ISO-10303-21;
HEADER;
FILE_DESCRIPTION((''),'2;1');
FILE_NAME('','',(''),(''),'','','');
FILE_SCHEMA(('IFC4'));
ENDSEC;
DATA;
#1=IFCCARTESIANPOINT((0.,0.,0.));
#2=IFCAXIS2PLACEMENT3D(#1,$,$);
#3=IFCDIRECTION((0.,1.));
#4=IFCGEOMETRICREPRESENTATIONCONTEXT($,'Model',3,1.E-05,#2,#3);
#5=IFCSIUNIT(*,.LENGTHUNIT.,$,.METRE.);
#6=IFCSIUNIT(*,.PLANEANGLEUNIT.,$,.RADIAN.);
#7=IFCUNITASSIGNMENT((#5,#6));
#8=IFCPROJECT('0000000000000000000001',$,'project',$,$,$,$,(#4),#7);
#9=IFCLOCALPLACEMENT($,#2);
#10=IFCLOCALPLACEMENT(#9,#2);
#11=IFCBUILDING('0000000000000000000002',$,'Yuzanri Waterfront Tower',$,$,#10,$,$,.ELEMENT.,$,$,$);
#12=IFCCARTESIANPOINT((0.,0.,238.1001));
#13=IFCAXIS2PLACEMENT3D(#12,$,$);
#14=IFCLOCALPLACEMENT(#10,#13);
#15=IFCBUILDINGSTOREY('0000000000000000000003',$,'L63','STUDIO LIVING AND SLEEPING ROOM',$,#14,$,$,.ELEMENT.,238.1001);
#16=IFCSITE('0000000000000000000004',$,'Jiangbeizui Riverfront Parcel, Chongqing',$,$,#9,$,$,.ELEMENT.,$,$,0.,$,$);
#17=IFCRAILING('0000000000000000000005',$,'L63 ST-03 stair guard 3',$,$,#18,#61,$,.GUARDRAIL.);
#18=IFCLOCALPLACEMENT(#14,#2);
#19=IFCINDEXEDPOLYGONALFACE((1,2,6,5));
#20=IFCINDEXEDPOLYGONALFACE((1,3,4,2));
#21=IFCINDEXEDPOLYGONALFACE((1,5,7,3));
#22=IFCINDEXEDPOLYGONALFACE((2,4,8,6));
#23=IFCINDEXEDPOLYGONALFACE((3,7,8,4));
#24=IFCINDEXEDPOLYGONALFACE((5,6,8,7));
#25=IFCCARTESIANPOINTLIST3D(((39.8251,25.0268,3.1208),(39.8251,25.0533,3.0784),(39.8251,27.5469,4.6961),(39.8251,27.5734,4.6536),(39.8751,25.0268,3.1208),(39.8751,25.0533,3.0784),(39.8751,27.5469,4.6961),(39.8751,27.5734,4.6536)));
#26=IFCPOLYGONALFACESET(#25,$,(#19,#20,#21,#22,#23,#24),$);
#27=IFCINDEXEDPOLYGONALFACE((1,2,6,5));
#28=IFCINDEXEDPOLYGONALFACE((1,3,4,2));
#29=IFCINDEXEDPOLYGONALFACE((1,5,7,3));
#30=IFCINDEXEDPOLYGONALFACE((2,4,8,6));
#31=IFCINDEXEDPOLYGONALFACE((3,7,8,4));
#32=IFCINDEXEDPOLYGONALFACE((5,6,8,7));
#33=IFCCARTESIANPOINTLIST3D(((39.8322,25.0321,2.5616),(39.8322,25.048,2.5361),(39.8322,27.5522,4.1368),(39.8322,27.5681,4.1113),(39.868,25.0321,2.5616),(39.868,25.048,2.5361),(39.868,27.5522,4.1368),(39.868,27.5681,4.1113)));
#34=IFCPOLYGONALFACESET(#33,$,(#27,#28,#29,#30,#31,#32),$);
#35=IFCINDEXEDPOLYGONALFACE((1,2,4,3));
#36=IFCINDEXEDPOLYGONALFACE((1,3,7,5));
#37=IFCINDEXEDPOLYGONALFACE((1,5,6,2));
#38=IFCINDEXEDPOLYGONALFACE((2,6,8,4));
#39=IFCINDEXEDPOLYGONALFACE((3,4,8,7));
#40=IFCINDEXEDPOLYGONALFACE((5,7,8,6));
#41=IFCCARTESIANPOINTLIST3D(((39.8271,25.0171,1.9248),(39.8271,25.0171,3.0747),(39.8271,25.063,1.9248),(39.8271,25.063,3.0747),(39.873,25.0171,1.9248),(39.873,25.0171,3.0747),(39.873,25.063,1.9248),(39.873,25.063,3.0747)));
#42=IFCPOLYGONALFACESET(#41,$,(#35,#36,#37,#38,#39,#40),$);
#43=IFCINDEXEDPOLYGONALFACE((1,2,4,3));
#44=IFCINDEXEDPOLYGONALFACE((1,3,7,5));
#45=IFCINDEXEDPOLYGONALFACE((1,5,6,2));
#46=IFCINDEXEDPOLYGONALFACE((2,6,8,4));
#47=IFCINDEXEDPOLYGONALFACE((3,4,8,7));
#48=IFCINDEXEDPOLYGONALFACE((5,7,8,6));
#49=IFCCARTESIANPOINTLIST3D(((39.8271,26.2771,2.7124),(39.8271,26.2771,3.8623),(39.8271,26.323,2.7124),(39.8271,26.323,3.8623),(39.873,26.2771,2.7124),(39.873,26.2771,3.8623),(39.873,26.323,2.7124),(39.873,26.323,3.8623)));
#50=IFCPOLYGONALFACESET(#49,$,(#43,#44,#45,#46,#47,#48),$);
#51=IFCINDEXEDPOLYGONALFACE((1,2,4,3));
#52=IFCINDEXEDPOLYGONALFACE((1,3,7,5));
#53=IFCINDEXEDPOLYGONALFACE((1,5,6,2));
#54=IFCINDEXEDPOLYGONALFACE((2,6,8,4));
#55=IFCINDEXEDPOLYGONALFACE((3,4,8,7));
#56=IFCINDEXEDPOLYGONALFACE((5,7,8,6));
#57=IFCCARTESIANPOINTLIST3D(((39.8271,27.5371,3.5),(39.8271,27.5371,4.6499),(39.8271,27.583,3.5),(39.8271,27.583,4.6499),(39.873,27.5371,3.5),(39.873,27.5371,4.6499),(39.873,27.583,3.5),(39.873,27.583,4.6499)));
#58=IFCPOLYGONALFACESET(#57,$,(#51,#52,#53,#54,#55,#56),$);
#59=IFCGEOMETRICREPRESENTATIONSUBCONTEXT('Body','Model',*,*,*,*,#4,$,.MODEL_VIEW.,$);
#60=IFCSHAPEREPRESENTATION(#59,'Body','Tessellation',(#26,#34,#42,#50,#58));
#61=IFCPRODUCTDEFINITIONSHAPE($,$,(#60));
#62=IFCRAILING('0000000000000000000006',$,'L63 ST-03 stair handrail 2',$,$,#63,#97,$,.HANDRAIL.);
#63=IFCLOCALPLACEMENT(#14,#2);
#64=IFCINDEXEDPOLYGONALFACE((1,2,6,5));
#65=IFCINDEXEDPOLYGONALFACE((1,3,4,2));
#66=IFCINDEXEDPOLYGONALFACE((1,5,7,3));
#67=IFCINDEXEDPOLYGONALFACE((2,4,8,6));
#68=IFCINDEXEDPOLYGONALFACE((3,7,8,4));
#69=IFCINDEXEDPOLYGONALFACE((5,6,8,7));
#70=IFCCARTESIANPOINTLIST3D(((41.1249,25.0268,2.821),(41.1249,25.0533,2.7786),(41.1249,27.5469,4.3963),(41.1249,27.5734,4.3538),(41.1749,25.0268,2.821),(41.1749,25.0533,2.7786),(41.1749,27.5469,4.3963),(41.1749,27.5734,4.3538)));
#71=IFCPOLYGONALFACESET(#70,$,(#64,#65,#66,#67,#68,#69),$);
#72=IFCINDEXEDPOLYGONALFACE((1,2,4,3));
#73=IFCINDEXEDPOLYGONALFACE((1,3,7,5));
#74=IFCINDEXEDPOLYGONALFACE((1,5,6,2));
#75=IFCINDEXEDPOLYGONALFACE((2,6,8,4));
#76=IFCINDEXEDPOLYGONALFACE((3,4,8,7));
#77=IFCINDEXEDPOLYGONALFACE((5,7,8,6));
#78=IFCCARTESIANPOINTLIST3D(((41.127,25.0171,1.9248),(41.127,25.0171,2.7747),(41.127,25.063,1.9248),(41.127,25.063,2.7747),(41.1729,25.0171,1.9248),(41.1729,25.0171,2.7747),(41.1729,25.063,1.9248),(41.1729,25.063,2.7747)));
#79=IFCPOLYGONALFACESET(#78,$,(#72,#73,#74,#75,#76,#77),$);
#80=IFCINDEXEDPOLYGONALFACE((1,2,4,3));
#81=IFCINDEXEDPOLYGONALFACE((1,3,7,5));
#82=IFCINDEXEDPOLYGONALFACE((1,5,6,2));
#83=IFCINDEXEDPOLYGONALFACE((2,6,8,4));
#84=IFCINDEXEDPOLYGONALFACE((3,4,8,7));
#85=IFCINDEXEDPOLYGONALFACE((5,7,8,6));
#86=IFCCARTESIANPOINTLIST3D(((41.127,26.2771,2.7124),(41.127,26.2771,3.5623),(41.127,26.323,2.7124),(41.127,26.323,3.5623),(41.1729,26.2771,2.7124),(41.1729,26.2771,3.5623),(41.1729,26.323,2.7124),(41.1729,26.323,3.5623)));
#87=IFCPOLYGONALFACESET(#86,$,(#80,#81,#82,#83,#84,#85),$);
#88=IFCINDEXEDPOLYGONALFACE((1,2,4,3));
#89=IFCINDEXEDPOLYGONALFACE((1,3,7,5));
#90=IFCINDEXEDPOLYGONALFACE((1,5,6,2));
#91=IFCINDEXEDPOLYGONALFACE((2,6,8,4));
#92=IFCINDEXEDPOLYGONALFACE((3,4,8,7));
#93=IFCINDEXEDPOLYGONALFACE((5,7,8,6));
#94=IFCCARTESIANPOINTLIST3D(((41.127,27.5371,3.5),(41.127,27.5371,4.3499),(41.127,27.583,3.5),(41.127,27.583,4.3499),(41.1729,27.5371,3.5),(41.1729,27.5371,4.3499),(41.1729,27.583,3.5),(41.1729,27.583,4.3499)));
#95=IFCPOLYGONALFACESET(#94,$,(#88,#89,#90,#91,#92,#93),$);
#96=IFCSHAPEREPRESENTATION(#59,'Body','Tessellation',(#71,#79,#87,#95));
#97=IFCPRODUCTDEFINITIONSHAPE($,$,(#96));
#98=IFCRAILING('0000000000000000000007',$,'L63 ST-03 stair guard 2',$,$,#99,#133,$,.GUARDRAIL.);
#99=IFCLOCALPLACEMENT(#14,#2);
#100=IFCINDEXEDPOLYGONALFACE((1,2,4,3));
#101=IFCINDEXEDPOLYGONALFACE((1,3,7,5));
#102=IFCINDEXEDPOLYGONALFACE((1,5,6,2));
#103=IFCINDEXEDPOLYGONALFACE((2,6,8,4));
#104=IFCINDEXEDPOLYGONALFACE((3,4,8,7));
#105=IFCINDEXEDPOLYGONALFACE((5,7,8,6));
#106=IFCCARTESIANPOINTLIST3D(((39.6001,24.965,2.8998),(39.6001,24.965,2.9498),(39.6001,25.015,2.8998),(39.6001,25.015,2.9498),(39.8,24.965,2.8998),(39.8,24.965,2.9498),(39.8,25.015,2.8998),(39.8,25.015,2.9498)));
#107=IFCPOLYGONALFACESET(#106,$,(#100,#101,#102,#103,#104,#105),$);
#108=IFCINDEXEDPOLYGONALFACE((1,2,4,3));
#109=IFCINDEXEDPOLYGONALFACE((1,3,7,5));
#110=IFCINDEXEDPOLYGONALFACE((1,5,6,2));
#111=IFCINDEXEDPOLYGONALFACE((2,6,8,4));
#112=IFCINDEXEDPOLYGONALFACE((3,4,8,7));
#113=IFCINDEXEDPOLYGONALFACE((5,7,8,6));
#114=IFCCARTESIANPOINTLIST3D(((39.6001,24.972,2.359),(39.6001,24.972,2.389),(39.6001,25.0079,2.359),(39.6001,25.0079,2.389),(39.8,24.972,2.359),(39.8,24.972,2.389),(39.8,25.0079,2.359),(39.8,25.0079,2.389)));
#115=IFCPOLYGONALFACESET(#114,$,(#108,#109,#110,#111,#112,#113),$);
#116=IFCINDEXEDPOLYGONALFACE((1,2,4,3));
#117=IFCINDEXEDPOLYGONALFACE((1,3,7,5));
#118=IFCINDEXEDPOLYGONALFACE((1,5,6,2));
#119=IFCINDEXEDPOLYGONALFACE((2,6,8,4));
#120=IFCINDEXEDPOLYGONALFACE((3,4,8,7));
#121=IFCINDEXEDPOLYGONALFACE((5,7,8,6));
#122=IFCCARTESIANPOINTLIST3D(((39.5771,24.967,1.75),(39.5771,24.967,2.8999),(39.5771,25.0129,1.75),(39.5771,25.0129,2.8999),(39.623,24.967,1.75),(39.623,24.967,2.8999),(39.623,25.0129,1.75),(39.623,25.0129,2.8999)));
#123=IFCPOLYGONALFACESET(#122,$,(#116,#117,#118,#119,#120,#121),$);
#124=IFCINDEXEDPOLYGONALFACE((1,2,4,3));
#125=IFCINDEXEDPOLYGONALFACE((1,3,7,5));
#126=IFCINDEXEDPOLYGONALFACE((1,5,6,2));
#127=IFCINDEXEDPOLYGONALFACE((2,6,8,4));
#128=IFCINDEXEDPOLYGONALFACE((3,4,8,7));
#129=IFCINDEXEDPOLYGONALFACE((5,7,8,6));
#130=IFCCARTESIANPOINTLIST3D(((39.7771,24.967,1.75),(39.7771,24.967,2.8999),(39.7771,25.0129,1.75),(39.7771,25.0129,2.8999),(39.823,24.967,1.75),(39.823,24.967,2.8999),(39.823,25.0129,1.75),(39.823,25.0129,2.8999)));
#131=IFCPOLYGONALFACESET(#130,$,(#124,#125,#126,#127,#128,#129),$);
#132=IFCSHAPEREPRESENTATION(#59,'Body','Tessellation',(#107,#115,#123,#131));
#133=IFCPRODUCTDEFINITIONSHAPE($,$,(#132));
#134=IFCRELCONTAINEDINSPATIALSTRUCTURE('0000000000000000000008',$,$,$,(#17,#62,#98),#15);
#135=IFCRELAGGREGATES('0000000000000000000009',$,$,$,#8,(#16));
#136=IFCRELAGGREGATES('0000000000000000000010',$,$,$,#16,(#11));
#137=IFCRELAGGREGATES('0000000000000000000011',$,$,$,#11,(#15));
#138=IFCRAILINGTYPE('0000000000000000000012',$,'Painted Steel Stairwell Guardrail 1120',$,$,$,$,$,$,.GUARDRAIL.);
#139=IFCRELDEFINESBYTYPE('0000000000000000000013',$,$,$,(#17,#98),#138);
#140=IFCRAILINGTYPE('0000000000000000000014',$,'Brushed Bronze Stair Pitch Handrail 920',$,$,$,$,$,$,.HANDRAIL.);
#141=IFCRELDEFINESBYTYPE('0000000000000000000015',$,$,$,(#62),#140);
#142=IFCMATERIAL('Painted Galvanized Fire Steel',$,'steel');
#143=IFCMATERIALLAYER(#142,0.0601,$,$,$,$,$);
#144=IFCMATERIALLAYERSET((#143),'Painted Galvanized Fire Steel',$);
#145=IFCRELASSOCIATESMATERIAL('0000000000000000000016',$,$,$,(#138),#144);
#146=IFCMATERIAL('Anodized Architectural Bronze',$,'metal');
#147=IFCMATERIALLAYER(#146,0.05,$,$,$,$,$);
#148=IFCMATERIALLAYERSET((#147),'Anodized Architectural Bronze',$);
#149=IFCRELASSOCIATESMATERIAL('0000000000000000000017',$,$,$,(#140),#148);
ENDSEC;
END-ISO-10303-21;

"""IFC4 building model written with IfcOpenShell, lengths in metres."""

from ifc_helpers import new_model, si_unit, direction, frame, origin, origin_2d, place, context, subcontext, project, spatial, rectangle, extrude, source, transform, mapped, material, layer, layer_set, type_object, element, save


model = new_model("IFC4")

# Units and contexts
model_context = context("Model", 3, precision=1e-05, world=origin(), true_north=direction((0.0, 1.0)))
body_context = subcontext(model_context, "Body", "Model", "MODEL_VIEW")
ifc_project = project(units=[si_unit("LENGTHUNIT", "METRE"), si_unit("PLANEANGLEUNIT", "RADIAN")], contexts=[model_context])

# Site, building, storey
site_placement = place(None, origin())
site = spatial("IfcSite", under=ifc_project, at=site_placement, Name="Jiangbeizui Riverfront Parcel, Chongqing", CompositionType="ELEMENT", RefElevation=0.0)
building_placement = place(site_placement, origin())
building = spatial("IfcBuilding", under=site, at=building_placement, Name="Yuzanri Waterfront Tower", CompositionType="ELEMENT")
storey_placement = place(building_placement, frame((0.0, 0.0, 238.1001)))
storey = spatial("IfcBuildingStorey", under=building, at=storey_placement, Name="L63", Description="STUDIO LIVING AND SLEEPING ROOM", CompositionType="ELEMENT", Elevation=238.1001)

# Railings
ifc_material_1 = material(Name="Painted Galvanized Fire Steel", Category="steel")
ifc_layer_1 = layer(ifc_material_1, 0.0601)
ifc_layer_set_1 = layer_set([ifc_layer_1], Name="Painted Galvanized Fire Steel")
railing_type_1 = type_object("IfcRailingType", Name="Painted Steel Stairwell Guardrail 1120", PredefinedType="GUARDRAIL", material=ifc_layer_set_1)
shared_shape_1 = source(origin(), body_context, "Body", "SweptSolid", [
    extrude(rectangle(XDim=0.05, YDim=0.05, at=origin_2d()), frame((0.0, 0.0, 1.1748), z_axis=(0.0, 0.847971, 0.530043), x_axis=(-1.0, 0.0, 0.0)), (0.0, 0.0, 1.0), 2.9719),
    extrude(rectangle(XDim=0.0359, YDim=0.03, at=origin_2d()), frame((0.0, 0.0, 0.624), z_axis=(0.0, 0.847971, 0.530043), x_axis=(-1.0, 0.0, 0.0)), (0.0, 0.0, 1.0), 2.9719),
    extrude(rectangle(XDim=0.0459, YDim=0.0459, at=origin_2d()), origin(), (0.0, 0.0, 1.0), 1.1499),
    extrude(rectangle(XDim=0.0459, YDim=0.0459, at=origin_2d()), frame((0.0, 1.26, 0.7876)), (0.0, 0.0, 1.0), 1.1499),
    extrude(rectangle(XDim=0.0459, YDim=0.0459, at=origin_2d()), frame((0.0, 2.52, 1.5752)), (0.0, 0.0, 1.0), 1.1499),
])
for number, where, name in (
    (1, (39.8501, 25.04, 1.9248), "L63 ST-03 stair guard 3"),
):
    element("IfcRailing", number, at=place(storey_placement, frame(where)), inside=storey, type_object=railing_type_1, Name=name, PredefinedType="GUARDRAIL", context=body_context, shape_type="MappedRepresentation", body=[
        mapped(shared_shape_1, transform((0.0, 0.0, 0.0), scale=1.0)),
    ])
ifc_material_2 = material(Name="Anodized Architectural Bronze", Category="metal")
ifc_layer_2 = layer(ifc_material_2, 0.05)
ifc_layer_set_2 = layer_set([ifc_layer_2], Name="Anodized Architectural Bronze")
railing_type_2 = type_object("IfcRailingType", Name="Brushed Bronze Stair Pitch Handrail 920", PredefinedType="HANDRAIL", material=ifc_layer_set_2)
shared_shape_2 = source(origin(), body_context, "Body", "SweptSolid", [
    extrude(rectangle(XDim=0.05, YDim=0.05, at=origin_2d()), frame((0.0, 0.0, 0.875), z_axis=(0.0, 0.847971, 0.530043), x_axis=(-1.0, 0.0, 0.0)), (0.0, 0.0, 1.0), 2.9719),
    extrude(rectangle(XDim=0.0459, YDim=0.0459, at=origin_2d()), origin(), (0.0, 0.0, 1.0), 0.8499),
    extrude(rectangle(XDim=0.0459, YDim=0.0459, at=origin_2d()), frame((0.0, 1.26, 0.7876)), (0.0, 0.0, 1.0), 0.8499),
    extrude(rectangle(XDim=0.0459, YDim=0.0459, at=origin_2d()), frame((0.0, 2.52, 1.5752)), (0.0, 0.0, 1.0), 0.8499),
])
railing_1_placement = place(storey_placement, frame((41.1499, 25.04, 1.9248)))
element("IfcRailing", 2, at=railing_1_placement, inside=storey, type_object=railing_type_2, Name="L63 ST-03 stair handrail 2", PredefinedType="HANDRAIL", context=body_context, shape_type="MappedRepresentation", body=[
    mapped(shared_shape_2, transform((0.0, 0.0, 0.0), scale=1.0)),
])
shared_shape_3 = source(origin(), body_context, "Body", "SweptSolid", [
    extrude(rectangle(XDim=0.05, YDim=0.05, at=origin_2d()), frame((0.0, 0.0, 1.1748), z_axis=(1.0, 0.0, 0.0), x_axis=(0.0, 1.0, 0.0)), (0.0, 0.0, 1.0), 0.2),
    extrude(rectangle(XDim=0.0359, YDim=0.03, at=origin_2d()), frame((0.0, 0.0, 0.624), z_axis=(1.0, 0.0, 0.0), x_axis=(0.0, 1.0, 0.0)), (0.0, 0.0, 1.0), 0.2),
    extrude(rectangle(XDim=0.0459, YDim=0.0459, at=origin_2d()), origin(), (0.0, 0.0, 1.0), 1.1499),
    extrude(rectangle(XDim=0.0459, YDim=0.0459, at=origin_2d()), frame((0.2, 0.0, 0.0)), (0.0, 0.0, 1.0), 1.1499),
])
railing_2_placement = place(storey_placement, frame((39.6001, 24.99, 1.75)))
element("IfcRailing", 3, at=railing_2_placement, inside=storey, type_object=railing_type_1, Name="L63 ST-03 stair guard 2", PredefinedType="GUARDRAIL", context=body_context, shape_type="MappedRepresentation", body=[
    mapped(shared_shape_3, transform((0.0, 0.0, 0.0), scale=1.0)),
])

save(model, "model.ifc")
